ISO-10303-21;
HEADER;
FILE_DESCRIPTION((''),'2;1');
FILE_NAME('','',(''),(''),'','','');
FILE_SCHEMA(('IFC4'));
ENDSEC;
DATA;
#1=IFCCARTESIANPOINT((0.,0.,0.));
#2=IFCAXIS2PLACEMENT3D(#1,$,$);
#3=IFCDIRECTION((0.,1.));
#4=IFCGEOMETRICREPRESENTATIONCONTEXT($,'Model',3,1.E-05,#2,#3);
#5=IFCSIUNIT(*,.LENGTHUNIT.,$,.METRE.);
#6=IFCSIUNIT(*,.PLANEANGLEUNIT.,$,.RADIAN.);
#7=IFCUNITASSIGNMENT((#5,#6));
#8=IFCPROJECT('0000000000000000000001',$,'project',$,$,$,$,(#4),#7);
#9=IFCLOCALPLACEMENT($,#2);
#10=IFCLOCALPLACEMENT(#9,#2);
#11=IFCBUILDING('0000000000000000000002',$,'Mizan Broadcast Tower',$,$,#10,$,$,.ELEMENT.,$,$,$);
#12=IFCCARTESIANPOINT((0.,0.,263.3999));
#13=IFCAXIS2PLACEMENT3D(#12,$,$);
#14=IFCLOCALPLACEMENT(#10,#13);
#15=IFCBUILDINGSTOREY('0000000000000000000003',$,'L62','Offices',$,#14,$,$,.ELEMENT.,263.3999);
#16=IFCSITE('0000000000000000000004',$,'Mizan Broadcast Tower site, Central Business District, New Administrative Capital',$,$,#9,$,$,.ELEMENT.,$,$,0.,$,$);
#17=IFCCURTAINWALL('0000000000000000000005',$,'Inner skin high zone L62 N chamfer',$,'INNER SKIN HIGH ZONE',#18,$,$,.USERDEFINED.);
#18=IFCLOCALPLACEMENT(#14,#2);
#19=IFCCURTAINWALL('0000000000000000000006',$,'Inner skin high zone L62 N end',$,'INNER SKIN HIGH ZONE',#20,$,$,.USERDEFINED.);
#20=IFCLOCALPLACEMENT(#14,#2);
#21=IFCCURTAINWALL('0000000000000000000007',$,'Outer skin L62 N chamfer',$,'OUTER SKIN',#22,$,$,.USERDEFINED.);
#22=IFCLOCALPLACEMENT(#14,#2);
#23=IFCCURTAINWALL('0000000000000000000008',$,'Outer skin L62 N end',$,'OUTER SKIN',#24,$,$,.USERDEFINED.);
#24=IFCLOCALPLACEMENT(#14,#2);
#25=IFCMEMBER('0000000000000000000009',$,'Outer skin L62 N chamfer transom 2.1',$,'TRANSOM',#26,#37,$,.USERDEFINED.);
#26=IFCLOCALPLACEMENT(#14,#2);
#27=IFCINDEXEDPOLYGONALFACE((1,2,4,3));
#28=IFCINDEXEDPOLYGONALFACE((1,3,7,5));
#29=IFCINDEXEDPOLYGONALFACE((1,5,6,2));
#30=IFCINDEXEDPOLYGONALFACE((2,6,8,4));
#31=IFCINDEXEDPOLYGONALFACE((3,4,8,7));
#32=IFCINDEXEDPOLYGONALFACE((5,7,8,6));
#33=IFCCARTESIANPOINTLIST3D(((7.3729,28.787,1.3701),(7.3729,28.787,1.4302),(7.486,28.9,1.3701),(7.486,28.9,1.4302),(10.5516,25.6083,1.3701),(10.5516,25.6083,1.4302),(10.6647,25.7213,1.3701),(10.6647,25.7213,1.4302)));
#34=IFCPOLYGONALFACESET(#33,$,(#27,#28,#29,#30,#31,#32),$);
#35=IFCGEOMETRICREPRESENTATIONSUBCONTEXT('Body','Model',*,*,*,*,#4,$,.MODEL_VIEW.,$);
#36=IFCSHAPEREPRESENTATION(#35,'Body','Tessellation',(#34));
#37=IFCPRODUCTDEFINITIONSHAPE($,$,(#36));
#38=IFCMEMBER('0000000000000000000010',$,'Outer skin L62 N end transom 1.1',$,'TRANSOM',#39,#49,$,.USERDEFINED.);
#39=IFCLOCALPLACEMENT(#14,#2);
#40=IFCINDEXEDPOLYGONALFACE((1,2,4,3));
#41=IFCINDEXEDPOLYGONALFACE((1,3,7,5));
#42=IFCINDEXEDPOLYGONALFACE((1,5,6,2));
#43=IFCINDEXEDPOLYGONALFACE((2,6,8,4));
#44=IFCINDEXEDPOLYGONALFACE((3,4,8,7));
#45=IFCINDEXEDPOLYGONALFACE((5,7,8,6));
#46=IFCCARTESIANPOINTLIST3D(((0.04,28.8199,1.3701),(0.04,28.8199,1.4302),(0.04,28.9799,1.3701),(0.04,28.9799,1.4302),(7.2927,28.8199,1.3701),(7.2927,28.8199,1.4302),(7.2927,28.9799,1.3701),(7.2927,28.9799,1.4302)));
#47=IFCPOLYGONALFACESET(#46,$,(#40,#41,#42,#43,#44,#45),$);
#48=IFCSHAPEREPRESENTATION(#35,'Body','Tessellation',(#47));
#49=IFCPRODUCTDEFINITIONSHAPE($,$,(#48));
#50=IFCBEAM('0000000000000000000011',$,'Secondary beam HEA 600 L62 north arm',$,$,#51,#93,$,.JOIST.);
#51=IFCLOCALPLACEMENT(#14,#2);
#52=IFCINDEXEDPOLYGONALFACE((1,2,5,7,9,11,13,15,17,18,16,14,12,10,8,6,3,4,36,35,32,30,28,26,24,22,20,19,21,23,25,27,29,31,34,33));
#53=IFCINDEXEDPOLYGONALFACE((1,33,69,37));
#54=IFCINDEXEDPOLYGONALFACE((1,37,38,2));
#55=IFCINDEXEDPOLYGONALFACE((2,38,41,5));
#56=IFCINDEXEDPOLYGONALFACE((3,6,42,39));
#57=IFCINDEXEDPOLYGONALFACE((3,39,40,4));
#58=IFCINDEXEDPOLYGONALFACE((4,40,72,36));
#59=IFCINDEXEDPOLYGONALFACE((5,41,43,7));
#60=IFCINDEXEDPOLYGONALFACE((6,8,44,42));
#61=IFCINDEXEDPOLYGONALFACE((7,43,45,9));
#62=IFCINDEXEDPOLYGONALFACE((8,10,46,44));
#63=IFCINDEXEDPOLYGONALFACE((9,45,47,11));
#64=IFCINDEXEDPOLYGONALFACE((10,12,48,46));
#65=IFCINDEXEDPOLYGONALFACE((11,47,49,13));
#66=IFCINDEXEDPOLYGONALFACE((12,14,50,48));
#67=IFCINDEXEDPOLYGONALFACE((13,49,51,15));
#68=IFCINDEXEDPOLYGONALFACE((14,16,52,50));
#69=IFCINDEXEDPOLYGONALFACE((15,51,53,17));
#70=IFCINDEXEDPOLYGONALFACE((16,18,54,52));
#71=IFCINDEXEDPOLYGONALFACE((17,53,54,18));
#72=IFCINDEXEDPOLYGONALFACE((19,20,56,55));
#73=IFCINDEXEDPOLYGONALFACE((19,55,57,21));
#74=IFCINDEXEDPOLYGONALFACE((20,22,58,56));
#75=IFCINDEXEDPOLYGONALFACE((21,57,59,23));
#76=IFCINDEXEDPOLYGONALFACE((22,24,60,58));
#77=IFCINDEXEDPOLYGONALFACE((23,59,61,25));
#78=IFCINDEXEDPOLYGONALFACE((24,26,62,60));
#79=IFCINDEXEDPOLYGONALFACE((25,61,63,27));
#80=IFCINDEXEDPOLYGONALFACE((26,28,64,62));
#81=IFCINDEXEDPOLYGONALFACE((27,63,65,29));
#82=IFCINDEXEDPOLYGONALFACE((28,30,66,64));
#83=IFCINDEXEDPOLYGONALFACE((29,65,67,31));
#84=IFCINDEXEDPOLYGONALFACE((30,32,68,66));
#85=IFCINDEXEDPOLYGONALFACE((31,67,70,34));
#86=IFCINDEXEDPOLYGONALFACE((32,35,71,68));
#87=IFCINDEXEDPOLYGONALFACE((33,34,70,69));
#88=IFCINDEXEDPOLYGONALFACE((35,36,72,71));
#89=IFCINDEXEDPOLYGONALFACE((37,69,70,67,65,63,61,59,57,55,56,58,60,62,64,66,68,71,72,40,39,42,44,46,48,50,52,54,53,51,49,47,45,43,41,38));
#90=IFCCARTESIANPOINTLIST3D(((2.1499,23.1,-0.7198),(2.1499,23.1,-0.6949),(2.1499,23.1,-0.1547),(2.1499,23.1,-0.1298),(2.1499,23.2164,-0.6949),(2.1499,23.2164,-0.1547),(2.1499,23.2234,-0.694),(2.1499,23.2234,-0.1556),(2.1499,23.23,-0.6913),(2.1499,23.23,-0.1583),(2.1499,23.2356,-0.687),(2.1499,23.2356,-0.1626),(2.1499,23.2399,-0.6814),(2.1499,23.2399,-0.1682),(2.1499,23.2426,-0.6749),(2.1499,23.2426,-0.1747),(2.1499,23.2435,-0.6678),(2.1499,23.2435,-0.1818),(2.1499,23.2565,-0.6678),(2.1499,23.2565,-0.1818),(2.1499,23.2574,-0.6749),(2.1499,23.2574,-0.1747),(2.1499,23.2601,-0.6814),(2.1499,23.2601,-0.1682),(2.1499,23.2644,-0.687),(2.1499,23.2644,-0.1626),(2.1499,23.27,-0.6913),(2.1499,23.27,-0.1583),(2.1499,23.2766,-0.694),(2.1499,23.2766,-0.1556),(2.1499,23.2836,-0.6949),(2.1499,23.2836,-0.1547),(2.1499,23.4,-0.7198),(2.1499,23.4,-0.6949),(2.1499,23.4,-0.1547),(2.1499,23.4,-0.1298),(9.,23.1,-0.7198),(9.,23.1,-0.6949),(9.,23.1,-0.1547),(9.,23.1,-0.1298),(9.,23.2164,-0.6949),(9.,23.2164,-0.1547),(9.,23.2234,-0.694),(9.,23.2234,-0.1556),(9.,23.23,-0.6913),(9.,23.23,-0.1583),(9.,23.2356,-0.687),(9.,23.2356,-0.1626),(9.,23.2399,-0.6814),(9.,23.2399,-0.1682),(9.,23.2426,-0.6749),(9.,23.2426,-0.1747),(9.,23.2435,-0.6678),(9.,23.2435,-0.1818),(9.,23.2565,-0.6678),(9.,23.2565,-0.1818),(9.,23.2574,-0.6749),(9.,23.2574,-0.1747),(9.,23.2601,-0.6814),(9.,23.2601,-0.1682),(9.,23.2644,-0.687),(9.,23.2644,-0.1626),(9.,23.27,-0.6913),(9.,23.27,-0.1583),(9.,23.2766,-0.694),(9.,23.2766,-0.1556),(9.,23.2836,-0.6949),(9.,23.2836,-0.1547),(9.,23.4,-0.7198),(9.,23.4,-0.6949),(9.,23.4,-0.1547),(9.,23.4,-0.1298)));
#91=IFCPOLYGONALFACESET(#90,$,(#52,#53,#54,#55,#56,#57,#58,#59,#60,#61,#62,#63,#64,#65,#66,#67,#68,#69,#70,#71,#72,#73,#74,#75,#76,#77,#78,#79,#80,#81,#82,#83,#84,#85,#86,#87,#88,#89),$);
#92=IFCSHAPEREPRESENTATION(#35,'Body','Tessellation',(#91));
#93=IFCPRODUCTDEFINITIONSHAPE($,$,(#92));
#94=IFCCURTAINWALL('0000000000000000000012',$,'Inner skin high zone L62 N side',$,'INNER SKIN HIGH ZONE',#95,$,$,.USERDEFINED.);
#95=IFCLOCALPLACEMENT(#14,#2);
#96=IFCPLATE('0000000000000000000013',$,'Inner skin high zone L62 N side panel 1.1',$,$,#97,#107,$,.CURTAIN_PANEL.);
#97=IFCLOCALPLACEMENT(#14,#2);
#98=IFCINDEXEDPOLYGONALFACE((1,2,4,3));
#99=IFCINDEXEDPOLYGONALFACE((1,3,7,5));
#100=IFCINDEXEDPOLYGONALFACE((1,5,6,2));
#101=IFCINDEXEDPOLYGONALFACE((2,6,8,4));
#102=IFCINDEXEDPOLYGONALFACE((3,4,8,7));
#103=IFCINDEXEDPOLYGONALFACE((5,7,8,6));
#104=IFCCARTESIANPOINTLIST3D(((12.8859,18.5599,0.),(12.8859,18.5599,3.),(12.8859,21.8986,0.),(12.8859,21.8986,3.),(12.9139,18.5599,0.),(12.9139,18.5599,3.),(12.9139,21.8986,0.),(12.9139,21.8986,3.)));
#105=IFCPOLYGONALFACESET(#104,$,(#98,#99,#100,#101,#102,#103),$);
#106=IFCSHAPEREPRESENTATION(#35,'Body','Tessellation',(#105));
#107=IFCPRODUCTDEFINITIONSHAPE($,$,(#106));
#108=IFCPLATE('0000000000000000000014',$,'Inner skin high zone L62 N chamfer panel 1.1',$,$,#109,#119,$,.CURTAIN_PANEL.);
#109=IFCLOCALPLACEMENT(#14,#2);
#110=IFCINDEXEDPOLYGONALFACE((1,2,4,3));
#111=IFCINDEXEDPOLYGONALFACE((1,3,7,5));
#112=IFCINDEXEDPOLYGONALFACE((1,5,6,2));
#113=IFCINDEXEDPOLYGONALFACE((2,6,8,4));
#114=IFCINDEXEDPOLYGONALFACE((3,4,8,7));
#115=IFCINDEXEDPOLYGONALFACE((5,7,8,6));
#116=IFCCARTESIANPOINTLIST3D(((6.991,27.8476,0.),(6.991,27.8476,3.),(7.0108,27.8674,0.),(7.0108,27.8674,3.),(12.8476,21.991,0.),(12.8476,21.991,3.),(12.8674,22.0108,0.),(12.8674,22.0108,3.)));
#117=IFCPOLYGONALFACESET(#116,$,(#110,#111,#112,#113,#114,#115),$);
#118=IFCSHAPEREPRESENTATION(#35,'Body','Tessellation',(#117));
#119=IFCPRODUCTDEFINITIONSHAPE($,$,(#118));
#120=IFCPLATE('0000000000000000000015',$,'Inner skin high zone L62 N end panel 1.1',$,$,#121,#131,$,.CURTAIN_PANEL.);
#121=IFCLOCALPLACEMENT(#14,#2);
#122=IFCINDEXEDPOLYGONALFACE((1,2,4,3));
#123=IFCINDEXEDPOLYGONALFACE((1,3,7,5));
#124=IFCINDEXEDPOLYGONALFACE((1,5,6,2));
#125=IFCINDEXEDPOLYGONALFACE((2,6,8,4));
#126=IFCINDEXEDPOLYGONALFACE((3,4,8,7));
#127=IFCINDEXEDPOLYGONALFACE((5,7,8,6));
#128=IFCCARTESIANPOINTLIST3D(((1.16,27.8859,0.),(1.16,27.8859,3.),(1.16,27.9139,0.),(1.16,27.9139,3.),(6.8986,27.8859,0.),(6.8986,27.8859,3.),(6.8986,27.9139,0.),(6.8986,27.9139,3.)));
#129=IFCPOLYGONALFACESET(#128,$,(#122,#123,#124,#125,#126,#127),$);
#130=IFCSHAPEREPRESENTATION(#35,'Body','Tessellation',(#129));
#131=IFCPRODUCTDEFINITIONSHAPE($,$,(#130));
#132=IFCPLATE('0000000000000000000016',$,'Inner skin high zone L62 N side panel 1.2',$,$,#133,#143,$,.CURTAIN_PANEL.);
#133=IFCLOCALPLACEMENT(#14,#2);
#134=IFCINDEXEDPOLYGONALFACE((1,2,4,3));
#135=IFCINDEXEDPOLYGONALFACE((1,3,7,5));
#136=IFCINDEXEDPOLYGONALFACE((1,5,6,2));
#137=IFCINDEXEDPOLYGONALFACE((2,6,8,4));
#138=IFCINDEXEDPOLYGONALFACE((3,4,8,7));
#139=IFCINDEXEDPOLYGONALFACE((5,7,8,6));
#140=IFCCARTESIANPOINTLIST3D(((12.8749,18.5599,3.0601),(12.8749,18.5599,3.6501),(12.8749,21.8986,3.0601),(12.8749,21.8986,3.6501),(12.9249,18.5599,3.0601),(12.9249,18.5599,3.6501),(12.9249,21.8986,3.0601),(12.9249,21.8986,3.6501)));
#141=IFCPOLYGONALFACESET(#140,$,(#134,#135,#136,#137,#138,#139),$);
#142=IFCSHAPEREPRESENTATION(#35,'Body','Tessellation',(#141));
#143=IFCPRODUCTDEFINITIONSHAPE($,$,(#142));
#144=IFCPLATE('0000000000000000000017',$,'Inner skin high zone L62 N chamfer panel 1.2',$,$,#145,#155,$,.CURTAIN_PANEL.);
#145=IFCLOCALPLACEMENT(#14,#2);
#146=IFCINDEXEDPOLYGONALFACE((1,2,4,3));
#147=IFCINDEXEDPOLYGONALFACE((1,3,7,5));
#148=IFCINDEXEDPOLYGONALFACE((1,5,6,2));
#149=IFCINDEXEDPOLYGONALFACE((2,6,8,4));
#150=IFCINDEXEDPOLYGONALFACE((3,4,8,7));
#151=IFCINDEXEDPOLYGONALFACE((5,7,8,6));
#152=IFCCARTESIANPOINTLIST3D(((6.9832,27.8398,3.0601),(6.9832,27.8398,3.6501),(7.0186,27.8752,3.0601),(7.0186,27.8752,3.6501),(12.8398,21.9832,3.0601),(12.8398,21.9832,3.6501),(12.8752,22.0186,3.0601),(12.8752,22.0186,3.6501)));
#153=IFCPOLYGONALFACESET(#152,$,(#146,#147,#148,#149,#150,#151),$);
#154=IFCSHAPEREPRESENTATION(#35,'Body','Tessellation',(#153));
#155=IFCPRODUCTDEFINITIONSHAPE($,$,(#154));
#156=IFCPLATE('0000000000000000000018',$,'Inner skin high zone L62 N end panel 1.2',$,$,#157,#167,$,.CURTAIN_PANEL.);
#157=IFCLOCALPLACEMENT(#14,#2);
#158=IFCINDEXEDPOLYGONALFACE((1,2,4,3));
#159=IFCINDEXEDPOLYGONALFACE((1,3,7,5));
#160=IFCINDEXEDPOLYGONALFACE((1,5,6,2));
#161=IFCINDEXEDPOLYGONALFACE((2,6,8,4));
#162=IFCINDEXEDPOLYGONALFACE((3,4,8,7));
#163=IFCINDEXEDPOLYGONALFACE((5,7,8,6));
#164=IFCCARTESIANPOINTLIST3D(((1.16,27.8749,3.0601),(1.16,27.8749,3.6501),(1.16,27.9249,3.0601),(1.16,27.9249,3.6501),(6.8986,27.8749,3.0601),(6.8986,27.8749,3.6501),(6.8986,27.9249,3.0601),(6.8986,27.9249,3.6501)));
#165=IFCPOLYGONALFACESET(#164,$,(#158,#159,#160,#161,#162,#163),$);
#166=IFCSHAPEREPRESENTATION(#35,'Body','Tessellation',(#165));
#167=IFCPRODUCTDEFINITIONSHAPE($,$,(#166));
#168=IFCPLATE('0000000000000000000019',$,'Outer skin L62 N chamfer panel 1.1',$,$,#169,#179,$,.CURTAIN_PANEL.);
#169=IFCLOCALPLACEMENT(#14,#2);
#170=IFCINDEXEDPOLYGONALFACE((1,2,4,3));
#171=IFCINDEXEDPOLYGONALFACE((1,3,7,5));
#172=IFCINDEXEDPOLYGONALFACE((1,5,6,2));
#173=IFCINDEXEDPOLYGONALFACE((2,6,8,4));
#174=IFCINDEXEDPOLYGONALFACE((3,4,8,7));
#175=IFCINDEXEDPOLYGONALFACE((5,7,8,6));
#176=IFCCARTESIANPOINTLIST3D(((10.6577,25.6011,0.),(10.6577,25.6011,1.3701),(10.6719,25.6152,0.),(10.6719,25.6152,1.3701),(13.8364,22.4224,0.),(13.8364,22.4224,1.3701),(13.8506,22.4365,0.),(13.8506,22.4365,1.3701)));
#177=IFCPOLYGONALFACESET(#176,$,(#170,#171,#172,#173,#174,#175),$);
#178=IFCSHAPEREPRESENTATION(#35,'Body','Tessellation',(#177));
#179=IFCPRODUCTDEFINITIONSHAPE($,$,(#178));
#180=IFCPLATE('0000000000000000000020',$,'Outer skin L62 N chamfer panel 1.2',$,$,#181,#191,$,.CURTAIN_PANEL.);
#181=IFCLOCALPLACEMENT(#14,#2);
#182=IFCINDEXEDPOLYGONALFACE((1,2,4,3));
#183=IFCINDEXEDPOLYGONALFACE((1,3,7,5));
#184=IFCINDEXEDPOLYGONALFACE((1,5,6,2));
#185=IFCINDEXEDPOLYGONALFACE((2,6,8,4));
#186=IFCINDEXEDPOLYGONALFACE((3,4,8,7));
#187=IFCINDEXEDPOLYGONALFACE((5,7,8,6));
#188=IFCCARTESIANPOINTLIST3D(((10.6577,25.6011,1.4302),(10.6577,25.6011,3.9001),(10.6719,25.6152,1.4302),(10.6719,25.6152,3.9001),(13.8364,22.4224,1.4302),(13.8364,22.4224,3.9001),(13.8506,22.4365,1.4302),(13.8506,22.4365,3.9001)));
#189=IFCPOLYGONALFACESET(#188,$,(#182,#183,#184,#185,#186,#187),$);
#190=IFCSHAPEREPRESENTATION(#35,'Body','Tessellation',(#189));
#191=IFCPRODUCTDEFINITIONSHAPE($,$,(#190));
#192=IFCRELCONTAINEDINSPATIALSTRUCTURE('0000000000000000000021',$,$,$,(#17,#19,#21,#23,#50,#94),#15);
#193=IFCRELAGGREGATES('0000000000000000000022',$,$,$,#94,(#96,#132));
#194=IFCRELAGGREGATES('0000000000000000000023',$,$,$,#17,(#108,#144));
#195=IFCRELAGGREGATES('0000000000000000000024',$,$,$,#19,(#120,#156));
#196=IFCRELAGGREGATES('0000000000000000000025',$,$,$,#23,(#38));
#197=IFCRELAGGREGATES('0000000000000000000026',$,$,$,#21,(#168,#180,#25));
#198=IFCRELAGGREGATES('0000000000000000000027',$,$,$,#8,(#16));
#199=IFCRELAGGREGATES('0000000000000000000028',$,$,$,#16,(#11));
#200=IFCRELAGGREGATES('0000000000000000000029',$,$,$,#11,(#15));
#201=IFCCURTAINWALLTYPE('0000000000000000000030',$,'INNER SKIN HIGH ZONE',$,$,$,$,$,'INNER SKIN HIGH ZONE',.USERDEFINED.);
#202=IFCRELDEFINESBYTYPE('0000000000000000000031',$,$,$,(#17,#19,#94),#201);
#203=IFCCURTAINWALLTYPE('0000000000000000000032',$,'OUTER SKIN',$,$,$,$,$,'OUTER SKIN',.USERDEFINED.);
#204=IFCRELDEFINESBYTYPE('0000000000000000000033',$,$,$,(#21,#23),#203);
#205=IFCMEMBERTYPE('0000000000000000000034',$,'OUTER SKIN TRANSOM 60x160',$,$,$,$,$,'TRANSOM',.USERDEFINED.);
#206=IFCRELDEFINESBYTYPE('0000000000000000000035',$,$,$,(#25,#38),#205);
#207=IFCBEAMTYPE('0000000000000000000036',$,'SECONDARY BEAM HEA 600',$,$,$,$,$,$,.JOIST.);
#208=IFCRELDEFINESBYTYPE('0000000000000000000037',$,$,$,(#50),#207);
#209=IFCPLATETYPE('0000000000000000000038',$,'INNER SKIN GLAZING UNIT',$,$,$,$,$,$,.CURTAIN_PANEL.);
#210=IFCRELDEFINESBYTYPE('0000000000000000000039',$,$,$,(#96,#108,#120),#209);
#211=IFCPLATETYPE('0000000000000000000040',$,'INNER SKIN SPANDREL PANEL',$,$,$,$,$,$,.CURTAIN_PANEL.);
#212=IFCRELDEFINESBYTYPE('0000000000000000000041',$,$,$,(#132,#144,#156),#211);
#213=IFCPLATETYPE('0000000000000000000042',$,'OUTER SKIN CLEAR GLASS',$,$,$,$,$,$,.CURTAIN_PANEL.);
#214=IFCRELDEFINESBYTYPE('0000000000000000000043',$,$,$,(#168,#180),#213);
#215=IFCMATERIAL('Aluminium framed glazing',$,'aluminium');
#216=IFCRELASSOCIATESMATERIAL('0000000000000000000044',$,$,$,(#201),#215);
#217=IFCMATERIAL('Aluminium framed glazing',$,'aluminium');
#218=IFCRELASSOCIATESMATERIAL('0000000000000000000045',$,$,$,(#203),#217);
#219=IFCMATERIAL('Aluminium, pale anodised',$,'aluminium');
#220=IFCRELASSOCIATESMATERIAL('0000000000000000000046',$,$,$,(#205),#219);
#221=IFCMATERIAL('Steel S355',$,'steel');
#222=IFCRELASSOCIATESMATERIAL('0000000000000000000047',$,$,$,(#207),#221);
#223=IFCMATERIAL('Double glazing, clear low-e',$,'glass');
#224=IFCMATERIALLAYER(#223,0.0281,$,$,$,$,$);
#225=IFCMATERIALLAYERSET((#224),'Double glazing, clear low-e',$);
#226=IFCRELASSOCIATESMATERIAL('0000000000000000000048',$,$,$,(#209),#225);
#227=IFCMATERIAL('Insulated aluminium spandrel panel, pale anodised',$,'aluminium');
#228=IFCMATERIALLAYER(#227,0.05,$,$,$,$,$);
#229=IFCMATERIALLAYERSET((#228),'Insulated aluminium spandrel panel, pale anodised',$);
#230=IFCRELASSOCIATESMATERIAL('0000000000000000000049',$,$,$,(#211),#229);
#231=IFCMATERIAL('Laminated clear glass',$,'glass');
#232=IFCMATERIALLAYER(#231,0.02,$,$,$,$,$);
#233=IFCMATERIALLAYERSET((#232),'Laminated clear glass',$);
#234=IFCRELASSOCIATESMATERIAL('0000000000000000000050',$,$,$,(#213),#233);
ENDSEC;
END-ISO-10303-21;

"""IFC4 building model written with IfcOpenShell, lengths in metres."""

from ifc_helpers import new_model, si_unit, direction, frame, origin, origin_2d, place, context, subcontext, project, spatial, rectangle, i_section, extrude, material, layer, layer_set, material_profile, profile_set, type_object, element, aggregate, save


model = new_model("IFC4")

# Units and contexts
model_context = context("Model", 3, precision=1e-05, world=origin(), true_north=direction((0.0, 1.0)))
body_context = subcontext(model_context, "Body", "Model", "MODEL_VIEW")
ifc_project = project(units=[si_unit("LENGTHUNIT", "METRE"), si_unit("PLANEANGLEUNIT", "RADIAN")], contexts=[model_context])

# Site, building, storey
site_placement = place(None, origin())
site = spatial("IfcSite", under=ifc_project, at=site_placement, Name="Mizan Broadcast Tower site, Central Business District, New Administrative Capital", CompositionType="ELEMENT", RefElevation=0.0)
building_placement = place(site_placement, origin())
building = spatial("IfcBuilding", under=site, at=building_placement, Name="Mizan Broadcast Tower", CompositionType="ELEMENT")
storey_placement = place(building_placement, frame((0.0, 0.0, 263.3999)))
storey = spatial("IfcBuildingStorey", under=building, at=storey_placement, Name="L62", Description="Offices", CompositionType="ELEMENT", Elevation=263.3999)

# Curtain walls
ifc_material_1 = material(Name="Aluminium framed glazing", Category="aluminium")
curtain_wall_type_1 = type_object("IfcCurtainWallType", Name="INNER SKIN HIGH ZONE", ElementType="INNER SKIN HIGH ZONE", PredefinedType="USERDEFINED", material=ifc_material_1)
curtain_wall_1_placement = place(storey_placement, origin())
curtain_wall_1 = element("IfcCurtainWall", 1, at=curtain_wall_1_placement, inside=storey, type_object=curtain_wall_type_1, Name="Inner skin high zone L62 N chamfer", ObjectType="INNER SKIN HIGH ZONE", PredefinedType="USERDEFINED")
curtain_wall_2_placement = place(storey_placement, origin())
curtain_wall_2 = element("IfcCurtainWall", 2, at=curtain_wall_2_placement, inside=storey, type_object=curtain_wall_type_1, Name="Inner skin high zone L62 N end", ObjectType="INNER SKIN HIGH ZONE", PredefinedType="USERDEFINED")

# Curtain wall
ifc_material_2 = material(Name="Aluminium framed glazing", Category="aluminium")
curtain_wall_type_2 = type_object("IfcCurtainWallType", Name="OUTER SKIN", ElementType="OUTER SKIN", PredefinedType="USERDEFINED", material=ifc_material_2)
curtain_wall_3_placement = place(storey_placement, origin())
curtain_wall_3 = element("IfcCurtainWall", 3, at=curtain_wall_3_placement, inside=storey, type_object=curtain_wall_type_2, Name="Outer skin L62 N chamfer", ObjectType="OUTER SKIN", PredefinedType="USERDEFINED")

# Curtain wall
curtain_wall_4_placement = place(storey_placement, origin())
curtain_wall_4 = element("IfcCurtainWall", 4, at=curtain_wall_4_placement, inside=storey, type_object=curtain_wall_type_2, Name="Outer skin L62 N end", ObjectType="OUTER SKIN", PredefinedType="USERDEFINED")

# Members
ifc_material_3 = material(Name="Aluminium, pale anodised", Category="aluminium")
ifc_material_profile_1 = material_profile(ifc_material_3, rectangle(XDim=0.1599, YDim=0.0601, at=origin_2d()), Name="TRANSOM 160x60")
ifc_profile_set_1 = profile_set([ifc_material_profile_1], Name="Aluminium, pale anodised")
member_type_1 = type_object("IfcMemberType", Name="OUTER SKIN TRANSOM 60x160", ElementType="TRANSOM", PredefinedType="USERDEFINED", material=ifc_profile_set_1)
member_1_placement = place(storey_placement, frame((10.6082, 25.6648, 1.4001), z_axis=(-0.707107, 0.707107, 0.0), x_axis=(-0.707107, -0.707107, 0.0)))
member_1 = element("IfcMember", 5, at=member_1_placement, type_object=member_type_1, Name="Outer skin L62 N chamfer transom 2.1", ObjectType="TRANSOM", PredefinedType="USERDEFINED", context=body_context, shape_type="SweptSolid", body=[
    extrude(rectangle(XDim=0.1599, YDim=0.0601, at=origin_2d()), origin(), (0.0, 0.0, 1.0), 4.4954),
])
member_2_placement = place(storey_placement, frame((7.2927, 28.8999, 1.4001), z_axis=(-1.0, 0.0, 0.0), x_axis=(0.0, -1.0, 0.0)))
member_2 = element("IfcMember", 6, at=member_2_placement, type_object=member_type_1, Name="Outer skin L62 N end transom 1.1", ObjectType="TRANSOM", PredefinedType="USERDEFINED", context=body_context, shape_type="SweptSolid", body=[
    extrude(rectangle(XDim=0.1599, YDim=0.0601, at=origin_2d()), origin(), (0.0, 0.0, 1.0), 7.2527),
])

# Beam
ifc_material_4 = material(Name="Steel S355", Category="steel")
ifc_material_profile_2 = material_profile(ifc_material_4, i_section(OverallWidth=0.3, OverallDepth=0.5901, WebThickness=0.0129, FlangeThickness=0.0249, FilletRadius=0.0271, at=origin_2d()), Name="HEA 600")
ifc_profile_set_2 = profile_set([ifc_material_profile_2], Name="Steel S355")
beam_type_1 = type_object("IfcBeamType", Name="SECONDARY BEAM HEA 600", PredefinedType="JOIST", material=ifc_profile_set_2)
beam_1_placement = place(storey_placement, frame((9.0, 23.25, -0.4248), z_axis=(-1.0, 0.0, 0.0), x_axis=(0.0, -1.0, 0.0)))
element("IfcBeam", 7, at=beam_1_placement, inside=storey, type_object=beam_type_1, Name="Secondary beam HEA 600 L62 north arm", PredefinedType="JOIST", context=body_context, shape_type="SweptSolid", body=[
    extrude(i_section(OverallWidth=0.3, OverallDepth=0.5901, WebThickness=0.0129, FlangeThickness=0.0249, FilletRadius=0.0271, at=origin_2d()), origin(), (0.0, 0.0, 1.0), 6.8501),
])

# Curtain wall, plate
curtain_wall_5_placement = place(storey_placement, origin())
curtain_wall_5 = element("IfcCurtainWall", 8, at=curtain_wall_5_placement, inside=storey, type_object=curtain_wall_type_1, Name="Inner skin high zone L62 N side", ObjectType="INNER SKIN HIGH ZONE", PredefinedType="USERDEFINED")
ifc_material_5 = material(Name="Double glazing, clear low-e", Category="glass")
ifc_layer_1 = layer(ifc_material_5, 0.0281)
ifc_layer_set_1 = layer_set([ifc_layer_1], Name="Double glazing, clear low-e")
plate_type_1 = type_object("IfcPlateType", Name="INNER SKIN GLAZING UNIT", PredefinedType="CURTAIN_PANEL", material=ifc_layer_set_1)
plate_1_placement = place(storey_placement, frame((12.8999, 20.2292, 0.0), z_axis=(0.0, 0.0, 1.0), x_axis=(0.0, 1.0, 0.0)))
plate_1 = element("IfcPlate", 9, at=plate_1_placement, type_object=plate_type_1, Name="Inner skin high zone L62 N side panel 1.1", PredefinedType="CURTAIN_PANEL", context=body_context, shape_type="SweptSolid", body=[
    extrude(rectangle(XDim=3.3386, YDim=0.0281, at=origin_2d()), origin(), (0.0, 0.0, 1.0), 3.0),
])

# Plates
plate_2_placement = place(storey_placement, frame((9.9292, 24.9292, 0.0), z_axis=(0.0, 0.0, 1.0), x_axis=(-0.707107, 0.707107, 0.0)))
plate_2 = element("IfcPlate", 10, at=plate_2_placement, type_object=plate_type_1, Name="Inner skin high zone L62 N chamfer panel 1.1", PredefinedType="CURTAIN_PANEL", context=body_context, shape_type="SweptSolid", body=[
    extrude(rectangle(XDim=8.2825, YDim=0.0281, at=origin_2d()), origin(), (0.0, 0.0, 1.0), 3.0),
])
plate_3_placement = place(storey_placement, frame((4.0293, 27.8999, 0.0), z_axis=(0.0, 0.0, 1.0), x_axis=(-1.0, 0.0, 0.0)))
plate_3 = element("IfcPlate", 11, at=plate_3_placement, type_object=plate_type_1, Name="Inner skin high zone L62 N end panel 1.1", PredefinedType="CURTAIN_PANEL", context=body_context, shape_type="SweptSolid", body=[
    extrude(rectangle(XDim=5.7385, YDim=0.0281, at=origin_2d()), origin(), (0.0, 0.0, 1.0), 3.0),
])
ifc_material_6 = material(Name="Insulated aluminium spandrel panel, pale anodised", Category="aluminium")
ifc_layer_2 = layer(ifc_material_6, 0.05)
ifc_layer_set_2 = layer_set([ifc_layer_2], Name="Insulated aluminium spandrel panel, pale anodised")
plate_type_2 = type_object("IfcPlateType", Name="INNER SKIN SPANDREL PANEL", PredefinedType="CURTAIN_PANEL", material=ifc_layer_set_2)
plate_4_placement = place(storey_placement, frame((12.8999, 20.2292, 3.0601), z_axis=(0.0, 0.0, 1.0), x_axis=(0.0, 1.0, 0.0)))
plate_4 = element("IfcPlate", 12, at=plate_4_placement, type_object=plate_type_2, Name="Inner skin high zone L62 N side panel 1.2", PredefinedType="CURTAIN_PANEL", context=body_context, shape_type="SweptSolid", body=[
    extrude(rectangle(XDim=3.3386, YDim=0.05, at=origin_2d()), origin(), (0.0, 0.0, 1.0), 0.5901),
])
aggregate(curtain_wall_5, [plate_1, plate_4])
plate_5_placement = place(storey_placement, frame((9.9292, 24.9292, 3.0601), z_axis=(0.0, 0.0, 1.0), x_axis=(-0.707107, 0.707107, 0.0)))
plate_5 = element("IfcPlate", 13, at=plate_5_placement, type_object=plate_type_2, Name="Inner skin high zone L62 N chamfer panel 1.2", PredefinedType="CURTAIN_PANEL", context=body_context, shape_type="SweptSolid", body=[
    extrude(rectangle(XDim=8.2825, YDim=0.05, at=origin_2d()), origin(), (0.0, 0.0, 1.0), 0.5901),
])
aggregate(curtain_wall_1, [plate_2, plate_5])
plate_6_placement = place(storey_placement, frame((4.0293, 27.8999, 3.0601), z_axis=(0.0, 0.0, 1.0), x_axis=(-1.0, 0.0, 0.0)))
plate_6 = element("IfcPlate", 14, at=plate_6_placement, type_object=plate_type_2, Name="Inner skin high zone L62 N end panel 1.2", PredefinedType="CURTAIN_PANEL", context=body_context, shape_type="SweptSolid", body=[
    extrude(rectangle(XDim=5.7385, YDim=0.05, at=origin_2d()), origin(), (0.0, 0.0, 1.0), 0.5901),
])
aggregate(curtain_wall_2, [plate_3, plate_6])
ifc_material_7 = material(Name="Laminated clear glass", Category="glass")
ifc_layer_3 = layer(ifc_material_7, 0.02)
ifc_layer_set_3 = layer_set([ifc_layer_3], Name="Laminated clear glass")
plate_type_3 = type_object("IfcPlateType", Name="OUTER SKIN CLEAR GLASS", PredefinedType="CURTAIN_PANEL", material=ifc_layer_set_3)
plate_7_placement = place(storey_placement, frame((12.2542, 24.0188, 0.0), z_axis=(0.0, 0.0, 1.0), x_axis=(-0.707107, 0.707107, 0.0)))
plate_7 = element("IfcPlate", 15, at=plate_7_placement, type_object=plate_type_3, Name="Outer skin L62 N chamfer panel 1.1", PredefinedType="CURTAIN_PANEL", context=body_context, shape_type="SweptSolid", body=[
    extrude(rectangle(XDim=4.4954, YDim=0.02, at=origin_2d()), origin(), (0.0, 0.0, 1.0), 1.3701),
])
plate_8_placement = place(storey_placement, frame((12.2542, 24.0188, 1.4302), z_axis=(0.0, 0.0, 1.0), x_axis=(-0.707107, 0.707107, 0.0)))
plate_8 = element("IfcPlate", 16, at=plate_8_placement, type_object=plate_type_3, Name="Outer skin L62 N chamfer panel 1.2", PredefinedType="CURTAIN_PANEL", context=body_context, shape_type="SweptSolid", body=[
    extrude(rectangle(XDim=4.4954, YDim=0.02, at=origin_2d()), origin(), (0.0, 0.0, 1.0), 2.47),
])
aggregate(curtain_wall_4, [member_2])
aggregate(curtain_wall_3, [plate_7, plate_8, member_1])

save(model, "model.ifc")
